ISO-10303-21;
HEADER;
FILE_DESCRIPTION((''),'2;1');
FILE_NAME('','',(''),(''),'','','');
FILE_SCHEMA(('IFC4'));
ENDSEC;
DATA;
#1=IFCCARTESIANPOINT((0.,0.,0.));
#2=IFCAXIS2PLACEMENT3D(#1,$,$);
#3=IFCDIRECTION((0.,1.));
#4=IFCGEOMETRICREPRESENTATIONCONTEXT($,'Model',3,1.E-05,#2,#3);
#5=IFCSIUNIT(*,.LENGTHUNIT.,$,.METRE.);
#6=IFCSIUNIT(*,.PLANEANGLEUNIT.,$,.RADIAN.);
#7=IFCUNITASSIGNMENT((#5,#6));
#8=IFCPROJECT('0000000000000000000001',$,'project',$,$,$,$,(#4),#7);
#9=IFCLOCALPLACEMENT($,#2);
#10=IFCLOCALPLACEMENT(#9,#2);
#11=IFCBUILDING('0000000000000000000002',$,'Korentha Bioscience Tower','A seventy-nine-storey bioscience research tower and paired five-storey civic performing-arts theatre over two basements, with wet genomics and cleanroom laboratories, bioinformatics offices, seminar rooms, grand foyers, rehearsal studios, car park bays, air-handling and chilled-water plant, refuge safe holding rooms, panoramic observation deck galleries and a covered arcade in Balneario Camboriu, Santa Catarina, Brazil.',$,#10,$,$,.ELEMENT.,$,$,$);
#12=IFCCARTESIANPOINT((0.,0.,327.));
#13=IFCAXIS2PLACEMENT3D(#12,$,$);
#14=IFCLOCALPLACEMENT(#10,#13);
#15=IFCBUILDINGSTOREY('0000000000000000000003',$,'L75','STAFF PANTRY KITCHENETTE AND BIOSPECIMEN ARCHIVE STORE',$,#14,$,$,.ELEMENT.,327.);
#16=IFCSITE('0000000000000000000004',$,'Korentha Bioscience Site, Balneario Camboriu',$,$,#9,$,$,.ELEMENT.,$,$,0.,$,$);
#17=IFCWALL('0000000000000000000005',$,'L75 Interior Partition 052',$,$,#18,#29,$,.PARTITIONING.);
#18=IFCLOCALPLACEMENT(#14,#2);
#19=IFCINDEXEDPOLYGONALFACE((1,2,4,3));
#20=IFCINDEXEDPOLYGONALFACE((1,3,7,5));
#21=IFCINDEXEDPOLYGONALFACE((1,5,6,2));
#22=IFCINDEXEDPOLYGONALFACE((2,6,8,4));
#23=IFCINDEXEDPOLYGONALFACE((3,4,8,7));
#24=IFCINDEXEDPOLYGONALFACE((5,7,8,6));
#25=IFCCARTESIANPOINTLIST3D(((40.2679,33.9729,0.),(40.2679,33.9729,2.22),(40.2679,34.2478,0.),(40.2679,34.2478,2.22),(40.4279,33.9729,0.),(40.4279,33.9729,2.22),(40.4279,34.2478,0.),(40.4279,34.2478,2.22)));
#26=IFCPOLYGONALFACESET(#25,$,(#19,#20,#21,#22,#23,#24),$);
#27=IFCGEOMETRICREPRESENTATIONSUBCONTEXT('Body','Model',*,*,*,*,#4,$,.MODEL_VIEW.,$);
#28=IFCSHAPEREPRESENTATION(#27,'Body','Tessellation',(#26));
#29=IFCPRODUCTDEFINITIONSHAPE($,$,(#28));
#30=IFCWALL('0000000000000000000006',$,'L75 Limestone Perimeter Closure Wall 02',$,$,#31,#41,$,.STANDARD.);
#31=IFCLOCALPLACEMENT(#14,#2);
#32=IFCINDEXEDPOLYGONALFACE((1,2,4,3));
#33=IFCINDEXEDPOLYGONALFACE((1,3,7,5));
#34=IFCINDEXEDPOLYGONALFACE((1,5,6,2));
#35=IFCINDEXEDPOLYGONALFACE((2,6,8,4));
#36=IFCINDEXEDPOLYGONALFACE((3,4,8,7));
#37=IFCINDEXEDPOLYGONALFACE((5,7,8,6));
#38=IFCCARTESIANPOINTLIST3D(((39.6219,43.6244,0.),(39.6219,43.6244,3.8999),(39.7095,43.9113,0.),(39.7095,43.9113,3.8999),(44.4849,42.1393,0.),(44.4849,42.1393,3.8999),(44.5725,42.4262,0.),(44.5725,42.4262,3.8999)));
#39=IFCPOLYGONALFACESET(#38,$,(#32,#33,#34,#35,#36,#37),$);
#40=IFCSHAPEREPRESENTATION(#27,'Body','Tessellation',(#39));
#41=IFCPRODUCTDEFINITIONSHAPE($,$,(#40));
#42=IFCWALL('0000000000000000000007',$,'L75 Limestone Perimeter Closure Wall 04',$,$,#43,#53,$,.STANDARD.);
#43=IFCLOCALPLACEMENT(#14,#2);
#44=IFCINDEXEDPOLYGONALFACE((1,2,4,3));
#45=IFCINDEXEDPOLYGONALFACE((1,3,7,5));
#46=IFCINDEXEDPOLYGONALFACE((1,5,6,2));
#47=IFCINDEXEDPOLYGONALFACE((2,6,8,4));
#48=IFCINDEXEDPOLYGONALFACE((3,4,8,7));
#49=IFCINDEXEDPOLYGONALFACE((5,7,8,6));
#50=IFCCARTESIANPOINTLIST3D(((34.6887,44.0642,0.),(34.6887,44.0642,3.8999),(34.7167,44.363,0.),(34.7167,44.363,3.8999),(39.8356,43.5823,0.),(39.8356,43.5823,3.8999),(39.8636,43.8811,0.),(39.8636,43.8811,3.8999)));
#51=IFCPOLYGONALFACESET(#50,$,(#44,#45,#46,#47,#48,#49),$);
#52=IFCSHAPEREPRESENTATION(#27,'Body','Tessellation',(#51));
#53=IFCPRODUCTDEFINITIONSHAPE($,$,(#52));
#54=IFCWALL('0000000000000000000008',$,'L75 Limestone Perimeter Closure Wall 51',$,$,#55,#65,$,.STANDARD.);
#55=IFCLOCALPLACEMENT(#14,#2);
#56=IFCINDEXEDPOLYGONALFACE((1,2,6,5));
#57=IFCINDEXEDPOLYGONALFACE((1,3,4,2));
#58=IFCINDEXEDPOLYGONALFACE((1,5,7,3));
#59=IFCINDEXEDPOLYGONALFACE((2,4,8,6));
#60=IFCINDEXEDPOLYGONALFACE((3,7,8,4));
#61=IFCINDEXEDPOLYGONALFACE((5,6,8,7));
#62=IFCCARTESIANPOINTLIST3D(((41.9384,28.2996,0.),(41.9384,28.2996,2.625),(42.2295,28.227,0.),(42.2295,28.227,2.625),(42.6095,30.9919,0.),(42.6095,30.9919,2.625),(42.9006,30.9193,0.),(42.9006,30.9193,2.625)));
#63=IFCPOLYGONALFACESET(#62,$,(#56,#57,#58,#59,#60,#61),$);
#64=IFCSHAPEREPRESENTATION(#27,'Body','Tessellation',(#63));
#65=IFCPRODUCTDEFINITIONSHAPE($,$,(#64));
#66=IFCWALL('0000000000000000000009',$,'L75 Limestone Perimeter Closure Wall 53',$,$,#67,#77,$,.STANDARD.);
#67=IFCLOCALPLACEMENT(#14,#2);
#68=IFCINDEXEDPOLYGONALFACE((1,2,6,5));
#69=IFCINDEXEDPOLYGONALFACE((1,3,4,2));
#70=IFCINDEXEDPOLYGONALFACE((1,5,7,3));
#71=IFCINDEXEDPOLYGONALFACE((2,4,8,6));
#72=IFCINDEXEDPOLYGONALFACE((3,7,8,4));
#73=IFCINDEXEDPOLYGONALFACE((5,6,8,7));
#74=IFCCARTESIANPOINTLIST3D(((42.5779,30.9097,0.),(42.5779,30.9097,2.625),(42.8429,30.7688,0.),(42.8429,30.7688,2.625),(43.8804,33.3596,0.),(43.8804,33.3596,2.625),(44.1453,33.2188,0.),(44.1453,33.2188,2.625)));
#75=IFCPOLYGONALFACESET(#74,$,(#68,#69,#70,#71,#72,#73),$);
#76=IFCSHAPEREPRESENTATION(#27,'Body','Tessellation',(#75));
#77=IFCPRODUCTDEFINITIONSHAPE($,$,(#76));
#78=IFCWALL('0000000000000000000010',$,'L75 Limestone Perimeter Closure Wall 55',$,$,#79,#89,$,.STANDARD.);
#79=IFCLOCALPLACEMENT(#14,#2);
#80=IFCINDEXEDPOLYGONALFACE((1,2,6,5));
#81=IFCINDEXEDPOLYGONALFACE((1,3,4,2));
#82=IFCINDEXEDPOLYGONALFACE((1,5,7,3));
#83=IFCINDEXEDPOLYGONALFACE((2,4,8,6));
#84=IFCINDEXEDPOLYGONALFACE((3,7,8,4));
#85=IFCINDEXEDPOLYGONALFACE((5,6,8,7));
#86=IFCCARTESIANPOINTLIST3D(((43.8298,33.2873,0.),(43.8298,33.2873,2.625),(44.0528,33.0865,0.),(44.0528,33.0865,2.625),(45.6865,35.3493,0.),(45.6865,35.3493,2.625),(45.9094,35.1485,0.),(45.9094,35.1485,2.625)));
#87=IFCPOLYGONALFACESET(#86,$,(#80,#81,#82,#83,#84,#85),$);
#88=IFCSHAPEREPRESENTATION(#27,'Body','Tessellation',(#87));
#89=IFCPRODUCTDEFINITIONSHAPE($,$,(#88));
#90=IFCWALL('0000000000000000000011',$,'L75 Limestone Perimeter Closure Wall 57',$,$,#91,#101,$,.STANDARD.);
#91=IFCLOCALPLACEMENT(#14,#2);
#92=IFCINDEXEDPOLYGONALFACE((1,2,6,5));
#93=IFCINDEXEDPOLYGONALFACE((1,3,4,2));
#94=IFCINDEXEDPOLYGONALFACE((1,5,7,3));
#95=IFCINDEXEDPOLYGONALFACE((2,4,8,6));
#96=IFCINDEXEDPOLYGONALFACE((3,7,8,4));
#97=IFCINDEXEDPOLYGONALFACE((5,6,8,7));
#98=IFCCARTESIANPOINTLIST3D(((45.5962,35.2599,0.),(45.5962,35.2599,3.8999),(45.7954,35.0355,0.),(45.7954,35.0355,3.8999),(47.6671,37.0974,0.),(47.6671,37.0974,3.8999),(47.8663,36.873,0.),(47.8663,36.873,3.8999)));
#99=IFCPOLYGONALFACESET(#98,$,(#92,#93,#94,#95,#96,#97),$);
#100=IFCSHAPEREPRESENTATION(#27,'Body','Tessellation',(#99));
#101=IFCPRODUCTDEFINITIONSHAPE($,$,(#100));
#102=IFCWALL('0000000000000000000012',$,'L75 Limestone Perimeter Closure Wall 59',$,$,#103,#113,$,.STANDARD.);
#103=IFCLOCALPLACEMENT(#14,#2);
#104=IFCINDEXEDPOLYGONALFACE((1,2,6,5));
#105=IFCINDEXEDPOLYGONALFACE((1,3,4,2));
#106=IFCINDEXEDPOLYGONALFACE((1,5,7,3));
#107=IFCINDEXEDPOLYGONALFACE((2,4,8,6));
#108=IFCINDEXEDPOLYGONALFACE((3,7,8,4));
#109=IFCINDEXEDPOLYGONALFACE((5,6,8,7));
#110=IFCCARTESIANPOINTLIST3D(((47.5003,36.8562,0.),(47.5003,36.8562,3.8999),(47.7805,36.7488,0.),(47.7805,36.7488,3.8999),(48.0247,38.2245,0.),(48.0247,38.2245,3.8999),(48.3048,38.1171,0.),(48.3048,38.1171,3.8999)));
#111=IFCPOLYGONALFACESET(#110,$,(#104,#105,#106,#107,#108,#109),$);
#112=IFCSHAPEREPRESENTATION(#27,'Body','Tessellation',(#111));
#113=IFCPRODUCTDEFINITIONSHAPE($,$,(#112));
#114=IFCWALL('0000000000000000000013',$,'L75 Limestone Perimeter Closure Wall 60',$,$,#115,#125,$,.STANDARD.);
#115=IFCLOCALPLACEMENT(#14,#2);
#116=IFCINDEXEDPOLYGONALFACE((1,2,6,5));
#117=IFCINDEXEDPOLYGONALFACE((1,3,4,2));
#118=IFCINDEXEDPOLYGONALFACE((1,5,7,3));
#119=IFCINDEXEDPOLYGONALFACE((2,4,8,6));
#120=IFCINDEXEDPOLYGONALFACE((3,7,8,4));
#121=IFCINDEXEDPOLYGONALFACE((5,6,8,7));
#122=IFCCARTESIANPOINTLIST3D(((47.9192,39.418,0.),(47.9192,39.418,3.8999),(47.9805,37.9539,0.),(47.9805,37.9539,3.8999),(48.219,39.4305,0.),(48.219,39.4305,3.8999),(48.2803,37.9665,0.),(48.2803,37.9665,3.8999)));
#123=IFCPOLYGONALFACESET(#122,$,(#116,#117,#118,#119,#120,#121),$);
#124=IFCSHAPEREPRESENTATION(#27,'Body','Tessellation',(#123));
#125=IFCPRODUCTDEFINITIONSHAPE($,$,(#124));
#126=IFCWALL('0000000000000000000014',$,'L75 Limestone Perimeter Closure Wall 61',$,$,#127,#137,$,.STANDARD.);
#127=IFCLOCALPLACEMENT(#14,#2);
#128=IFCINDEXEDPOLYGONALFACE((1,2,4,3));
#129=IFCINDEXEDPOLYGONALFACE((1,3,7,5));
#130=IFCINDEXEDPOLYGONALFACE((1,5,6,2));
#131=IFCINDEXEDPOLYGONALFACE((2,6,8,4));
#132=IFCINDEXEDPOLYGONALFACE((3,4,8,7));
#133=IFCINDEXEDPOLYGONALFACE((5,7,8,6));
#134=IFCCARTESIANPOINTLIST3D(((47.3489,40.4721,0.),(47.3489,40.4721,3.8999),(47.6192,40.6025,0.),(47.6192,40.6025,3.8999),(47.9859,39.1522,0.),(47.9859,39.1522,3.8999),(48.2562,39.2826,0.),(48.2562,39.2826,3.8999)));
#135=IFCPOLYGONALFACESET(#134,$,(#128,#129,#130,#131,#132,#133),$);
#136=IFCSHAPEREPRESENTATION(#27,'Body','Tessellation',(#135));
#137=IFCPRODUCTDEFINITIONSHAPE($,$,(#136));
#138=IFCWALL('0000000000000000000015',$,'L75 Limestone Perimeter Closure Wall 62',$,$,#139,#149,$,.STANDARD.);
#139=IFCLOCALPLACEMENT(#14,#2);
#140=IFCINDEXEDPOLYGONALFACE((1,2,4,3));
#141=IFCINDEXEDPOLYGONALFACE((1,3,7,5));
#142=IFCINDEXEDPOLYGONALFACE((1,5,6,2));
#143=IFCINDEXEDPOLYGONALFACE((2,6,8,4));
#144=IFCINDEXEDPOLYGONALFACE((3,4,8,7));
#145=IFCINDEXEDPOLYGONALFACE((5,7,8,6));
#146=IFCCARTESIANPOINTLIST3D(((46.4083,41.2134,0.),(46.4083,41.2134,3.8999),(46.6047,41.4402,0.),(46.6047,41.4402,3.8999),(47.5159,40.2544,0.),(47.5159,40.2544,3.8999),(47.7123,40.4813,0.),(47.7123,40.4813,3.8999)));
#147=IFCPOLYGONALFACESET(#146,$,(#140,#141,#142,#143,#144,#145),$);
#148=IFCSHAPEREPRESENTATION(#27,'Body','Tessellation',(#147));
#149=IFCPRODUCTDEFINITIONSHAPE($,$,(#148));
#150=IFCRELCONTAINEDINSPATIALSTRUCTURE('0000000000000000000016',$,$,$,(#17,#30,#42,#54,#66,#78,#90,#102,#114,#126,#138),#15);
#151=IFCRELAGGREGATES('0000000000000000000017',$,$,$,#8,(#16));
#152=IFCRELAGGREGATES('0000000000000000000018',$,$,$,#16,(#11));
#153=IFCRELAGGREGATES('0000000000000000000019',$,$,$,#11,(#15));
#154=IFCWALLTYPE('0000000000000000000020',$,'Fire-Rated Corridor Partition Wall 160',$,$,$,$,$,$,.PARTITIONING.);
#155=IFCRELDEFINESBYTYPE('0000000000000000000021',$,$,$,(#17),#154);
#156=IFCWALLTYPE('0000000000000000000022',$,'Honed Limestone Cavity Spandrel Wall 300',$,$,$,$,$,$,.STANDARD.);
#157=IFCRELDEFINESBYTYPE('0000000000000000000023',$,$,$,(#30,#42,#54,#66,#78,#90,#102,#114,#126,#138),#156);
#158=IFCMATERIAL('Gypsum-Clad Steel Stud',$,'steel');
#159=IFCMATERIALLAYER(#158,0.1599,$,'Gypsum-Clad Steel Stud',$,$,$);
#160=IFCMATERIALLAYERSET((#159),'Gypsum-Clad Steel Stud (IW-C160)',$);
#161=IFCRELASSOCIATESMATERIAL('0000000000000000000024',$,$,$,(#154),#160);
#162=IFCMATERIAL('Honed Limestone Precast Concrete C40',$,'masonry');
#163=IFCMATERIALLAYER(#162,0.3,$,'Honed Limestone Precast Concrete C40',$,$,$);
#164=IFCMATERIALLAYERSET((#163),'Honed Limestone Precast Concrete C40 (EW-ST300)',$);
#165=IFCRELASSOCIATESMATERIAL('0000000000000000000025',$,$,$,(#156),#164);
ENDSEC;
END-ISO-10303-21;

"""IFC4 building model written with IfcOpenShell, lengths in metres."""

from ifc_helpers import new_model, si_unit, direction, frame, frame_2d, origin, place, context, subcontext, project, spatial, rectangle, extrude, material, layer, layer_set, type_object, element, save


model = new_model("IFC4")

# Units and contexts
model_context = context("Model", 3, precision=1e-05, world=origin(), true_north=direction((0.0, 1.0)))
body_context = subcontext(model_context, "Body", "Model", "MODEL_VIEW")
ifc_project = project(units=[si_unit("LENGTHUNIT", "METRE"), si_unit("PLANEANGLEUNIT", "RADIAN")], contexts=[model_context])

# Site, building, storey
site_placement = place(None, origin())
site = spatial("IfcSite", under=ifc_project, at=site_placement, Name="Korentha Bioscience Site, Balneario Camboriu", CompositionType="ELEMENT", RefElevation=0.0)
building_placement = place(site_placement, origin())
building = spatial("IfcBuilding", under=site, at=building_placement, Name="Korentha Bioscience Tower", Description="A seventy-nine-storey bioscience research tower and paired five-storey civic performing-arts theatre over two basements, with wet genomics and cleanroom laboratories, bioinformatics offices, seminar rooms, grand foyers, rehearsal studios, car park bays, air-handling and chilled-water plant, refuge safe holding rooms, panoramic observation deck galleries and a covered arcade in Balneario Camboriu, Santa Catarina, Brazil.", CompositionType="ELEMENT")
storey_placement = place(building_placement, frame((0.0, 0.0, 327.0)))
storey = spatial("IfcBuildingStorey", under=building, at=storey_placement, Name="L75", Description="STAFF PANTRY KITCHENETTE AND BIOSPECIMEN ARCHIVE STORE", CompositionType="ELEMENT", Elevation=327.0)

# Walls
ifc_material_1 = material(Name="Gypsum-Clad Steel Stud", Category="steel")
ifc_layer_1 = layer(ifc_material_1, 0.1599, Name="Gypsum-Clad Steel Stud")
ifc_layer_set_1 = layer_set([ifc_layer_1], Name="Gypsum-Clad Steel Stud (IW-C160)")
wall_type_1 = type_object("IfcWallType", Name="Fire-Rated Corridor Partition Wall 160", PredefinedType="PARTITIONING", material=ifc_layer_set_1)
wall_1_placement = place(storey_placement, frame((40.3479, 34.2478, 0.0), z_axis=(0.0, 0.0, 1.0), x_axis=(0.0, -1.0, 0.0)))
element("IfcWall", 1, at=wall_1_placement, inside=storey, type_object=wall_type_1, Name="L75 Interior Partition 052", PredefinedType="PARTITIONING", context=body_context, shape_type="SweptSolid", body=[
    extrude(rectangle(XDim=0.2749, YDim=0.1599, at=frame_2d((0.1375, 0.0))), origin(), (0.0, 0.0, 1.0), 2.22),
])
ifc_material_2 = material(Name="Honed Limestone Precast Concrete C40", Category="masonry")
ifc_layer_2 = layer(ifc_material_2, 0.3, Name="Honed Limestone Precast Concrete C40")
ifc_layer_set_2 = layer_set([ifc_layer_2], Name="Honed Limestone Precast Concrete C40 (EW-ST300)")
wall_type_2 = type_object("IfcWallType", Name="Honed Limestone Cavity Spandrel Wall 300", PredefinedType="STANDARD", material=ifc_layer_set_2)
wall_2_placement = place(storey_placement, frame((44.5288, 42.2827, 0.0), z_axis=(0.0, 0.0, 1.0), x_axis=(-0.956397, 0.292071, 0.0)))
element("IfcWall", 2, at=wall_2_placement, inside=storey, type_object=wall_type_2, Name="L75 Limestone Perimeter Closure Wall 02", PredefinedType="STANDARD", context=body_context, shape_type="SweptSolid", body=[
    extrude(rectangle(XDim=5.0847, YDim=0.3, at=frame_2d((2.5425, 0.0))), origin(), (0.0, 0.0, 1.0), 3.8999),
])
wall_3_placement = place(storey_placement, frame((39.8496, 43.7317, 0.0), z_axis=(0.0, 0.0, 1.0), x_axis=(-0.995645, 0.093227, 0.0)))
element("IfcWall", 3, at=wall_3_placement, inside=storey, type_object=wall_type_2, Name="L75 Limestone Perimeter Closure Wall 04", PredefinedType="STANDARD", context=body_context, shape_type="SweptSolid", body=[
    extrude(rectangle(XDim=5.1694, YDim=0.3, at=frame_2d((2.5847, 0.0))), origin(), (0.0, 0.0, 1.0), 3.8999),
])
for number, where, z_axis, x_axis, name in (
    (4, (42.084, 28.2634, 0.0), (0.0, 0.0, 1.0), (0.241873, 0.970308, 0.0), "L75 Limestone Perimeter Closure Wall 51"),
    (5, (42.7104, 30.8394, 0.0), (0.0, 0.0, 1.0), (0.469423, 0.882973, 0.0), "L75 Limestone Perimeter Closure Wall 53"),
    (6, (43.9414, 33.187, 0.0), (0.0, 0.0, 1.0), (0.66914, 0.743137, 0.0), "L75 Limestone Perimeter Closure Wall 55"),
):
    element("IfcWall", number, at=place(storey_placement, frame(where, z_axis=z_axis, x_axis=x_axis)), inside=storey, type_object=wall_type_2, Name=name, PredefinedType="STANDARD", context=body_context, shape_type="SweptSolid", body=[
        extrude(rectangle(XDim=2.7747, YDim=0.3, at=frame_2d((1.3872, 0.0))), origin(), (0.0, 0.0, 1.0), 2.625),
    ])
wall_4_placement = place(storey_placement, frame((45.6958, 35.1477, 0.0), z_axis=(0.0, 0.0, 1.0), x_axis=(0.748003, 0.663696, 0.0)))
element("IfcWall", 7, at=wall_4_placement, inside=storey, type_object=wall_type_2, Name="L75 Limestone Perimeter Closure Wall 57", PredefinedType="STANDARD", context=body_context, shape_type="SweptSolid", body=[
    extrude(rectangle(XDim=2.7686, YDim=0.3, at=frame_2d((1.3843, 0.0))), origin(), (0.0, 0.0, 1.0), 3.8999),
])
for number, where, z_axis, x_axis, name in (
    (8, (47.6404, 36.8025, 0.0), (0.0, 0.0, 1.0), (0.357851, 0.933779, 0.0), "L75 Limestone Perimeter Closure Wall 59"),
    (9, (48.1304, 37.9602, 0.0), (0.0, 0.0, 1.0), (-0.041818, 0.999125, 0.0), "L75 Limestone Perimeter Closure Wall 60"),
):
    element("IfcWall", number, at=place(storey_placement, frame(where, z_axis=z_axis, x_axis=x_axis)), inside=storey, type_object=wall_type_2, Name=name, PredefinedType="STANDARD", context=body_context, shape_type="SweptSolid", body=[
        extrude(rectangle(XDim=1.4653, YDim=0.3, at=frame_2d((0.7327, 0.0))), origin(), (0.0, 0.0, 1.0), 3.8999),
    ])
wall_5_placement = place(storey_placement, frame((48.1211, 39.2173, 0.0), z_axis=(0.0, 0.0, 1.0), x_axis=(-0.434642, 0.900603, 0.0)))
element("IfcWall", 10, at=wall_5_placement, inside=storey, type_object=wall_type_2, Name="L75 Limestone Perimeter Closure Wall 61", PredefinedType="STANDARD", context=body_context, shape_type="SweptSolid", body=[
    extrude(rectangle(XDim=1.4656, YDim=0.3, at=frame_2d((0.7329, 0.0))), origin(), (0.0, 0.0, 1.0), 3.8999),
])
wall_6_placement = place(storey_placement, frame((47.614, 40.3679, 0.0), z_axis=(0.0, 0.0, 1.0), x_axis=(-0.756024, 0.654543, 0.0)))
element("IfcWall", 11, at=wall_6_placement, inside=storey, type_object=wall_type_2, Name="L75 Limestone Perimeter Closure Wall 62", PredefinedType="STANDARD", context=body_context, shape_type="SweptSolid", body=[
    extrude(rectangle(XDim=1.4651, YDim=0.3, at=frame_2d((0.7324, 0.0))), origin(), (0.0, 0.0, 1.0), 3.8999),
])

save(model, "model.ifc")
